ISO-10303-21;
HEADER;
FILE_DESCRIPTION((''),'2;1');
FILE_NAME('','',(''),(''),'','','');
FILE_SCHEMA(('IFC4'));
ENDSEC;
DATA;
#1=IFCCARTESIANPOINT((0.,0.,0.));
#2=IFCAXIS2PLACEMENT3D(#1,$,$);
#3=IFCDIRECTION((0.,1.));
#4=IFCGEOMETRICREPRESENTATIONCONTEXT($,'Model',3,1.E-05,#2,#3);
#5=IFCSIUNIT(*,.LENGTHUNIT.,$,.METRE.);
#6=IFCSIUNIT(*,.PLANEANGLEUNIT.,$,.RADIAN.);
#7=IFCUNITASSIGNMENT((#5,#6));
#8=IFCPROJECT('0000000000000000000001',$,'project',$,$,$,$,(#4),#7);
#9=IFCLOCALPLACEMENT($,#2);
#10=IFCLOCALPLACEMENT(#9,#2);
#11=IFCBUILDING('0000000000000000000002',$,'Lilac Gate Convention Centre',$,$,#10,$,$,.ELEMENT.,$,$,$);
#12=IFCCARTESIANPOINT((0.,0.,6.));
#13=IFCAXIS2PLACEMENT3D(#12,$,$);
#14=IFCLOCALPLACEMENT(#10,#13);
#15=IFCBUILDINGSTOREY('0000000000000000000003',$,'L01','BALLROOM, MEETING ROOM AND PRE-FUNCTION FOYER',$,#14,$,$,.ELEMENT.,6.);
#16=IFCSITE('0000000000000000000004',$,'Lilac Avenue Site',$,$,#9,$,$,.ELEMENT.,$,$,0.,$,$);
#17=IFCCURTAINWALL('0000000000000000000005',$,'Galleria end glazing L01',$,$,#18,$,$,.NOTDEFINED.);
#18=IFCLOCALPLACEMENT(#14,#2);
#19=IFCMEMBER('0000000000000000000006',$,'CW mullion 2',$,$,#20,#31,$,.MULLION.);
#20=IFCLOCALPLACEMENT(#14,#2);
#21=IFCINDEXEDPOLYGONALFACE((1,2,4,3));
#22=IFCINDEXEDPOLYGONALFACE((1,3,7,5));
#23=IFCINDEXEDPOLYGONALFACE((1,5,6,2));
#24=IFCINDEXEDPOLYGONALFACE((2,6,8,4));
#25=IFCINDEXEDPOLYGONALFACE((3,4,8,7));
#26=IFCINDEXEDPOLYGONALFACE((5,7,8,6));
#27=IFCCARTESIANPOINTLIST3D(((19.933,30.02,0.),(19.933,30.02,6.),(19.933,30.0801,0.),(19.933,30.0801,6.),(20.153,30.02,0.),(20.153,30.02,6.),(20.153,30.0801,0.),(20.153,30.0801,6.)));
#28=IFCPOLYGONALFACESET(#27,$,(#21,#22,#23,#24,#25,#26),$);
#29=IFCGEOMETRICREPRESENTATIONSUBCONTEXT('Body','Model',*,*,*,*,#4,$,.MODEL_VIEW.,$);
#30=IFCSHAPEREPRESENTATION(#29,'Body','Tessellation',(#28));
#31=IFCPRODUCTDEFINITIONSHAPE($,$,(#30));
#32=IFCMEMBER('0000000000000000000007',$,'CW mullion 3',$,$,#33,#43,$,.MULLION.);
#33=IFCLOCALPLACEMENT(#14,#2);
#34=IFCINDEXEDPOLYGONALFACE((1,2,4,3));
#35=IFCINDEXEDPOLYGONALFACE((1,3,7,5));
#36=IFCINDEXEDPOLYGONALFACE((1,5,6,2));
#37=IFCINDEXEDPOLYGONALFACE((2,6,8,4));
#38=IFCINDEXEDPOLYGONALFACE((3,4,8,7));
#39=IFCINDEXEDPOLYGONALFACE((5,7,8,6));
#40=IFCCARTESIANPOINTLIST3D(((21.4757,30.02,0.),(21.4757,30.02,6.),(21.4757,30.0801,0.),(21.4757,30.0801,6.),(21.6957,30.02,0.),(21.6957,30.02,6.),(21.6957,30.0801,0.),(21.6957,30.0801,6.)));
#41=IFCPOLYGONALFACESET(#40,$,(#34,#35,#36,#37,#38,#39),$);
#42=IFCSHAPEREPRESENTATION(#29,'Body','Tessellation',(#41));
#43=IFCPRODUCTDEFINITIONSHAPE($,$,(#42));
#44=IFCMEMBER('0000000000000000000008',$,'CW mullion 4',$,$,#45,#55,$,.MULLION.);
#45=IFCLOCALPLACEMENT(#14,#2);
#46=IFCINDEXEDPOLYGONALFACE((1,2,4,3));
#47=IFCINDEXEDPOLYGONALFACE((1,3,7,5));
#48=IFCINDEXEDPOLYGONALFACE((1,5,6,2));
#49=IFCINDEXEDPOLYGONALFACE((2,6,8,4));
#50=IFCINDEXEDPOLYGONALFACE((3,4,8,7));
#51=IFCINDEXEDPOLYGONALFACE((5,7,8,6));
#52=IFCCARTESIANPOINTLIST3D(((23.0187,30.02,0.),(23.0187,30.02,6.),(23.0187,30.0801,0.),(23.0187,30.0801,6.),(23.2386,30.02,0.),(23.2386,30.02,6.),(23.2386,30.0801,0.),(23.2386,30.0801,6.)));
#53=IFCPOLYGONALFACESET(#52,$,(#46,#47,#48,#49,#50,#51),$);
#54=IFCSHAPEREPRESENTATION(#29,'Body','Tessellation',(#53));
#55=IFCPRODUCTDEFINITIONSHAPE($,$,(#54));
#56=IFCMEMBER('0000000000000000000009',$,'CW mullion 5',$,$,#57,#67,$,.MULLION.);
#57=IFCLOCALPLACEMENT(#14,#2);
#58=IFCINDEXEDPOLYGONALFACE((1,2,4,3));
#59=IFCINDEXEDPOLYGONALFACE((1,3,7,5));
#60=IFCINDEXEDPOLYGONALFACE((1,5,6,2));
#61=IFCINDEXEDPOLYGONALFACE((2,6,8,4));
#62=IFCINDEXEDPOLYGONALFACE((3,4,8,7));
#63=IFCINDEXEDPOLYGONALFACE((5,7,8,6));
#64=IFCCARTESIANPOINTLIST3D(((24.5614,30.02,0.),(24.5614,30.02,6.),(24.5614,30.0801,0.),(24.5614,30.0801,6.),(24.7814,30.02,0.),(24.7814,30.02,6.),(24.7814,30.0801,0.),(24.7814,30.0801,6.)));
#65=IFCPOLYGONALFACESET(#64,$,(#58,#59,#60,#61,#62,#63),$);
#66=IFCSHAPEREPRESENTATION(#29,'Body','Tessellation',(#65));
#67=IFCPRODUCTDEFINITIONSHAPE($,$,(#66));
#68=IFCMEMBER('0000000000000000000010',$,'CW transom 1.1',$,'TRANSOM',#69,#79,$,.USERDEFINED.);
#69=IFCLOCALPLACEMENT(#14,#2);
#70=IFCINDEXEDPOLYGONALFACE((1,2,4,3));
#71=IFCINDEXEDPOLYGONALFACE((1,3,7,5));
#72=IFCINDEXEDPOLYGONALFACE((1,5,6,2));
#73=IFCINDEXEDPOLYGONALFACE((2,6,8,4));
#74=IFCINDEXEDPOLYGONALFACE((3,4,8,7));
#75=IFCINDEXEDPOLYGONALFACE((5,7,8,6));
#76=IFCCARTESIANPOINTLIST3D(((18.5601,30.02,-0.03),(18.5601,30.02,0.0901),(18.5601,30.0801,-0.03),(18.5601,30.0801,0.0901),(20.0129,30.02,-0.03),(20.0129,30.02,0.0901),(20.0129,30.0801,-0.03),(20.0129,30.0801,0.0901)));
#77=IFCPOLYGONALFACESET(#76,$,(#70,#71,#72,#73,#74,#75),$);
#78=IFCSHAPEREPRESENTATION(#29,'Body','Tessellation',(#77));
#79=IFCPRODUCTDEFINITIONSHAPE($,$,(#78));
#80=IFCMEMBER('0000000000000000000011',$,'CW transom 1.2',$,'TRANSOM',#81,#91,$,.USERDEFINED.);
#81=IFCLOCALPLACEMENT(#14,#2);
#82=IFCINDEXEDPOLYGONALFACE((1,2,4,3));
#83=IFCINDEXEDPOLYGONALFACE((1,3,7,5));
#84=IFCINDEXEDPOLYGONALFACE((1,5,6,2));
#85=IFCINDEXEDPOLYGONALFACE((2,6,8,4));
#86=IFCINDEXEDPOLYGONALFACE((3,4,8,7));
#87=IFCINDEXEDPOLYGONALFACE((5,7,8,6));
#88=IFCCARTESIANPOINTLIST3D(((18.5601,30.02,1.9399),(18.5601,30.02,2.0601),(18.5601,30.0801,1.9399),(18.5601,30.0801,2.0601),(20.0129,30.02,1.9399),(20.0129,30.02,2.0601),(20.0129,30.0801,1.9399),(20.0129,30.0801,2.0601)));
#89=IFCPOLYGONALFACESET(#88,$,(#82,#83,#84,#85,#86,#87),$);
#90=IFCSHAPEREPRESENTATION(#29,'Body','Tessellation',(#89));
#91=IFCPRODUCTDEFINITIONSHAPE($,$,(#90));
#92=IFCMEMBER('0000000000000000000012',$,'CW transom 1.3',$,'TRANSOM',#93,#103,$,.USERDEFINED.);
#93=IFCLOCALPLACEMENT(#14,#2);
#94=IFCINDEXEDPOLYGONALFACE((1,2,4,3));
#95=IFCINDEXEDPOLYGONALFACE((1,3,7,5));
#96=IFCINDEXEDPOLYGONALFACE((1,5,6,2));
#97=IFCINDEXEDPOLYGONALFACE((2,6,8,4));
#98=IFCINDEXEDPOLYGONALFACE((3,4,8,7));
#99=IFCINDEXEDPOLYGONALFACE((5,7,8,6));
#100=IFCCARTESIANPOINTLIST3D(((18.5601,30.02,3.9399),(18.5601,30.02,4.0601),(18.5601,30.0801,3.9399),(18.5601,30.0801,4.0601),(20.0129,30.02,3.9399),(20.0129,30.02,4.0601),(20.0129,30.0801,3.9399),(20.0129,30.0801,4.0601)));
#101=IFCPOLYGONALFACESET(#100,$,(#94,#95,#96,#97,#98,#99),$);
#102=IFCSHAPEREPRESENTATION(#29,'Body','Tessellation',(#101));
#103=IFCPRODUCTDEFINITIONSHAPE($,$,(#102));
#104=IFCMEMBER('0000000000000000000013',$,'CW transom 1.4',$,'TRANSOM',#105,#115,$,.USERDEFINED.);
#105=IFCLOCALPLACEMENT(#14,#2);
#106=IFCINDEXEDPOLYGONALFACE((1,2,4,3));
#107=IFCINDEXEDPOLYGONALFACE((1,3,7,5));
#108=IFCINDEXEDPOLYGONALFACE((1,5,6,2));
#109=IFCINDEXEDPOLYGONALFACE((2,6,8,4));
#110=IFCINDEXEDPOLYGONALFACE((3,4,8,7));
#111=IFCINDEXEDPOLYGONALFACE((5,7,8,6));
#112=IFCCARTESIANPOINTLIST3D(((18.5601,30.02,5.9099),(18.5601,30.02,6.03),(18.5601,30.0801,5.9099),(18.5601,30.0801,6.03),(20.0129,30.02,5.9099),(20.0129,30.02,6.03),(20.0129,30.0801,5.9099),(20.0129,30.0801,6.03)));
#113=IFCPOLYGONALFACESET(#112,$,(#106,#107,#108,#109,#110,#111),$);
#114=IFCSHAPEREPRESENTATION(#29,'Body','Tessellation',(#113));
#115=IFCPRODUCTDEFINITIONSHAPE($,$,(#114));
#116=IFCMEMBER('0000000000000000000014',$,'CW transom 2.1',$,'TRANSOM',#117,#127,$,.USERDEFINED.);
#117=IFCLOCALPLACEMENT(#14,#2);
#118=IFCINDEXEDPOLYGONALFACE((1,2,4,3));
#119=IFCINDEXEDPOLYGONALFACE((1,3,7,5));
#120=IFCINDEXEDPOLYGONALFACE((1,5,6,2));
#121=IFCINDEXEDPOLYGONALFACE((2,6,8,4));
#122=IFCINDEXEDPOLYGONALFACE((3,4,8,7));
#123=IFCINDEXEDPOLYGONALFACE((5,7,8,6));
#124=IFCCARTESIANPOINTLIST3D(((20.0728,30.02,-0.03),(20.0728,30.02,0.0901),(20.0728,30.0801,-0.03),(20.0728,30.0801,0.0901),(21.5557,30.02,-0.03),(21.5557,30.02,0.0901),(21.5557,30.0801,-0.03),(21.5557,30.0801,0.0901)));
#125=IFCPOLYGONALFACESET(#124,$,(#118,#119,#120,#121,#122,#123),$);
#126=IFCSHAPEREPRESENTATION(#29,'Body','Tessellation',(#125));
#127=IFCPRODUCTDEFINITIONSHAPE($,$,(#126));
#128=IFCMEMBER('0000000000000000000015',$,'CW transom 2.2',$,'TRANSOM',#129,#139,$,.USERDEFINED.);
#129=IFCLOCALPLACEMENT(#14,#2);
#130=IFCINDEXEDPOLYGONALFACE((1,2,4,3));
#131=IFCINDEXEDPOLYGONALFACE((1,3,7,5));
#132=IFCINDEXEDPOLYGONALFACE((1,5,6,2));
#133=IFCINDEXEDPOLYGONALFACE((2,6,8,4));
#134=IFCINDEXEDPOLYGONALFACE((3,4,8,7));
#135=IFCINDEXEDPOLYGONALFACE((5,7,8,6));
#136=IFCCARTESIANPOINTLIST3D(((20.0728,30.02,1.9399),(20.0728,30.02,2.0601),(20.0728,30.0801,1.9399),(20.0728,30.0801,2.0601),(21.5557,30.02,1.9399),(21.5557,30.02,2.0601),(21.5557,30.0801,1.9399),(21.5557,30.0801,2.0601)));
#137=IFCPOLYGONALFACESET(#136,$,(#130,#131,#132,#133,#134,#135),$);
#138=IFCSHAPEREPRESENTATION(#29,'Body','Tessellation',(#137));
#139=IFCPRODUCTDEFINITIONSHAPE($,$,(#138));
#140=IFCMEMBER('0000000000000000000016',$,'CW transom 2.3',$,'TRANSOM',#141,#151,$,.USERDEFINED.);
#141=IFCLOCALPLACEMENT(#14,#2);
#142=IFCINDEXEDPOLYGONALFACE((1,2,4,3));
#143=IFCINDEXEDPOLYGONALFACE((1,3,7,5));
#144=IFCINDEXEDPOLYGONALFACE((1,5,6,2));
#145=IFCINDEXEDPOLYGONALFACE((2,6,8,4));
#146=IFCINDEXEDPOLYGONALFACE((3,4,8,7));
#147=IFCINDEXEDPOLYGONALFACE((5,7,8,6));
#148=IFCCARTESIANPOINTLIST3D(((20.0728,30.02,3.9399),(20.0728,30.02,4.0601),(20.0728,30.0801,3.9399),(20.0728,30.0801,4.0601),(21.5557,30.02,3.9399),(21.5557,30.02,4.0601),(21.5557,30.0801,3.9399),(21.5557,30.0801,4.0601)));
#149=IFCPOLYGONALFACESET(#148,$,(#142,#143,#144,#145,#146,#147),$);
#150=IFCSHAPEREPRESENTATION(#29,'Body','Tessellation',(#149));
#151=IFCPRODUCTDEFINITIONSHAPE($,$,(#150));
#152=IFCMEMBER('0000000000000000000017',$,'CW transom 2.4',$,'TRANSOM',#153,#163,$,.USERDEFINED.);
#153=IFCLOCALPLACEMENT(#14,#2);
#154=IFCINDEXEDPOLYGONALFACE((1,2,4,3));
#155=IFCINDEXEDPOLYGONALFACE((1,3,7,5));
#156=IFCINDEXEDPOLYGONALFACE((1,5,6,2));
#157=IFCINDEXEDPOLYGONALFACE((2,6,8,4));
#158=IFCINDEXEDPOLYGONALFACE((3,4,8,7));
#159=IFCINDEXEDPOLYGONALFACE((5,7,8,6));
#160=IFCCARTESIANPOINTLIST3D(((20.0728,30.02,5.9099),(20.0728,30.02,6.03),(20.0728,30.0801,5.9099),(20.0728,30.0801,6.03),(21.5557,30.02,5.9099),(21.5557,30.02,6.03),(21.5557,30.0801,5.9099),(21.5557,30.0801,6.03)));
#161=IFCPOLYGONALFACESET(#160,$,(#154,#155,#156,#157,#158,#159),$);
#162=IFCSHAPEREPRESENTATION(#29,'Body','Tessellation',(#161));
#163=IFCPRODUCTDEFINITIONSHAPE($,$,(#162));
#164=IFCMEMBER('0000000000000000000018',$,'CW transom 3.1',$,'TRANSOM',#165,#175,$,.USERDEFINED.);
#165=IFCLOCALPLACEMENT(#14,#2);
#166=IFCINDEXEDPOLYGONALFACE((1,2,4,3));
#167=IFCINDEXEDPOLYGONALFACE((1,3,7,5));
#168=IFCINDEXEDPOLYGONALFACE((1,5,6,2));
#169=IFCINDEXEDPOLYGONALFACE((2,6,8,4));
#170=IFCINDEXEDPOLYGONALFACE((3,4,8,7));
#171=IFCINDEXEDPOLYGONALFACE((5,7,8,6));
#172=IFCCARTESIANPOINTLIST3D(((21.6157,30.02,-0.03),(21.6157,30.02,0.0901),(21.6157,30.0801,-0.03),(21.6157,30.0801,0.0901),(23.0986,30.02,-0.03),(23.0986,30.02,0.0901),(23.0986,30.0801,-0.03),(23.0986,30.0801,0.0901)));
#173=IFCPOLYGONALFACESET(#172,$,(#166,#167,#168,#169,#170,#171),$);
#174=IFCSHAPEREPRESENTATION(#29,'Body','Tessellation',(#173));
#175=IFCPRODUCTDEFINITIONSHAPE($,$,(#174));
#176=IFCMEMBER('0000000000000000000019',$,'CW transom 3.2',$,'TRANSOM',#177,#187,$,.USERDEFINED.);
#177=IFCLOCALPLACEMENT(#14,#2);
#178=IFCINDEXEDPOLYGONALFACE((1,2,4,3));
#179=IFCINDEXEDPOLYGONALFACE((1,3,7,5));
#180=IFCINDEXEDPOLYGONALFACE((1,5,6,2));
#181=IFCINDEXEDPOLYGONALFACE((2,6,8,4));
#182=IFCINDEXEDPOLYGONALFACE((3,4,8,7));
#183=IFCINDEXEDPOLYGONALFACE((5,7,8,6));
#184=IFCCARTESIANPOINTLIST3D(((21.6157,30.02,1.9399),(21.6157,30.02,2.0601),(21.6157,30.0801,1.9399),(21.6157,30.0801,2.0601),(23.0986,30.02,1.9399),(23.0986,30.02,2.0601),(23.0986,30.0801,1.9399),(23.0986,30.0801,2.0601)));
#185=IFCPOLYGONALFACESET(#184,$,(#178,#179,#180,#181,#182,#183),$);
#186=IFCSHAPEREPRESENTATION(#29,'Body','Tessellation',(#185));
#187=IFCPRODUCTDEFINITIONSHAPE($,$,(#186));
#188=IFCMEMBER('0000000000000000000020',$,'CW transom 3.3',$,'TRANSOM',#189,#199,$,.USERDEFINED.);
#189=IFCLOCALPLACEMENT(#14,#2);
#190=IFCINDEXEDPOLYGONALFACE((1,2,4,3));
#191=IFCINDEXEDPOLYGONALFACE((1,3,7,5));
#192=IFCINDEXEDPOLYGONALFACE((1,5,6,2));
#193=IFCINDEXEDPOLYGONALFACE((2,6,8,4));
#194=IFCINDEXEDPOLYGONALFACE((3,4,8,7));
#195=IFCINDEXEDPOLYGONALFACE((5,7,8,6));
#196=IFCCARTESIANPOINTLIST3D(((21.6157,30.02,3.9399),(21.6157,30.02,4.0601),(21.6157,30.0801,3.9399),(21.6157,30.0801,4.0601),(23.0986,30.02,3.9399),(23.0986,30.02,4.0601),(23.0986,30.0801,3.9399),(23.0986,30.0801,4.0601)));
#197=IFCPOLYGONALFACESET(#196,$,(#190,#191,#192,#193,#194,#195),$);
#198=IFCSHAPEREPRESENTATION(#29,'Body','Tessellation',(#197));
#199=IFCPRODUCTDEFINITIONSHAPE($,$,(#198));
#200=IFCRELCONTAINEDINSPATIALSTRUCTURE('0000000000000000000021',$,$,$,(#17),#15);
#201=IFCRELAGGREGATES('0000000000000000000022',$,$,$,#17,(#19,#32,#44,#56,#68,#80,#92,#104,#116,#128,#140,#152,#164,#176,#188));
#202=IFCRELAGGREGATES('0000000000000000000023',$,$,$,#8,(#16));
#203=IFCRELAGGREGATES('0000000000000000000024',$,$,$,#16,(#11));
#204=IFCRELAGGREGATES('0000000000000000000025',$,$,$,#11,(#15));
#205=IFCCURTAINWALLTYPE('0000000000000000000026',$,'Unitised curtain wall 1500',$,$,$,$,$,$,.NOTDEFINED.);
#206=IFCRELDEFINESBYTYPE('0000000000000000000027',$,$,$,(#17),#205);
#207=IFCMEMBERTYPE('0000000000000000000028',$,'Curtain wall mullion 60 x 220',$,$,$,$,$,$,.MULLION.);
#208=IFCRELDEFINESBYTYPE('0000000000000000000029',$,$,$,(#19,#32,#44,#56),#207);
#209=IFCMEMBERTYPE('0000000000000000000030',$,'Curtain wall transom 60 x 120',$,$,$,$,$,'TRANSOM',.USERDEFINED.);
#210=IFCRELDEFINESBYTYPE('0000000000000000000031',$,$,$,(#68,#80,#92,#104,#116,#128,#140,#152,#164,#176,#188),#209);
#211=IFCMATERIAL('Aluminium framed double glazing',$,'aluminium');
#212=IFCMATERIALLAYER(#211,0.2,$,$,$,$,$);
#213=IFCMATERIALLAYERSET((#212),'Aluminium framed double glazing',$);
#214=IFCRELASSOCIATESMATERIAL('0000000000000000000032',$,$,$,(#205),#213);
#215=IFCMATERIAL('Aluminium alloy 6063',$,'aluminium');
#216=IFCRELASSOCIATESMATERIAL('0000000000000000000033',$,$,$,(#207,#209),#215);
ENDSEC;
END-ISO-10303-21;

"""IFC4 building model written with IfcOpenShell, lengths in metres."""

from ifc_helpers import new_model, si_unit, direction, frame, origin, origin_2d, place, context, subcontext, project, spatial, rectangle, extrude, material, layer, layer_set, material_profile, profile_set, type_object, element, aggregate, save


model = new_model("IFC4")

# Units and contexts
model_context = context("Model", 3, precision=1e-05, world=origin(), true_north=direction((0.0, 1.0)))
body_context = subcontext(model_context, "Body", "Model", "MODEL_VIEW")
ifc_project = project(units=[si_unit("LENGTHUNIT", "METRE"), si_unit("PLANEANGLEUNIT", "RADIAN")], contexts=[model_context])

# Site, building, storey
site_placement = place(None, origin())
site = spatial("IfcSite", under=ifc_project, at=site_placement, Name="Lilac Avenue Site", CompositionType="ELEMENT", RefElevation=0.0)
building_placement = place(site_placement, origin())
building = spatial("IfcBuilding", under=site, at=building_placement, Name="Lilac Gate Convention Centre", CompositionType="ELEMENT")
storey_placement = place(building_placement, frame((0.0, 0.0, 6.0)))
storey = spatial("IfcBuildingStorey", under=building, at=storey_placement, Name="L01", Description="BALLROOM, MEETING ROOM AND PRE-FUNCTION FOYER", CompositionType="ELEMENT", Elevation=6.0)

# Curtain wall, members
ifc_material_1 = material(Name="Aluminium framed double glazing", Category="aluminium")
ifc_layer_1 = layer(ifc_material_1, 0.2)
ifc_layer_set_1 = layer_set([ifc_layer_1], Name="Aluminium framed double glazing")
curtain_wall_type = type_object("IfcCurtainWallType", Name="Unitised curtain wall 1500", PredefinedType="NOTDEFINED", material=ifc_layer_set_1)
curtain_wall_placement = place(storey_placement, origin())
curtain_wall = element("IfcCurtainWall", 1, at=curtain_wall_placement, inside=storey, type_object=curtain_wall_type, Name="Galleria end glazing L01", PredefinedType="NOTDEFINED")
ifc_material_2 = material(Name="Aluminium alloy 6063", Category="aluminium")
ifc_material_profile_1 = material_profile(ifc_material_2, rectangle(XDim=0.0601, YDim=0.22, at=origin_2d()), Name="Curtain wall mullion 60 x 220")
ifc_profile_set_1 = profile_set([ifc_material_profile_1], Name="Aluminium alloy 6063")
member_type_1 = type_object("IfcMemberType", Name="Curtain wall mullion 60 x 220", PredefinedType="MULLION", material=ifc_profile_set_1)
member_1_placement = place(storey_placement, frame((20.043, 30.05, 0.0), z_axis=(0.0, 0.0, 1.0), x_axis=(0.0, 1.0, 0.0)))
member_1 = element("IfcMember", 2, at=member_1_placement, type_object=member_type_1, Name="CW mullion 2", PredefinedType="MULLION", context=body_context, shape_type="SweptSolid", body=[
    extrude(rectangle(XDim=0.0601, YDim=0.22, at=origin_2d()), origin(), (0.0, 0.0, 1.0), 6.0),
])
member_2_placement = place(storey_placement, frame((21.5857, 30.05, 0.0), z_axis=(0.0, 0.0, 1.0), x_axis=(0.0, 1.0, 0.0)))
member_2 = element("IfcMember", 3, at=member_2_placement, type_object=member_type_1, Name="CW mullion 3", PredefinedType="MULLION", context=body_context, shape_type="SweptSolid", body=[
    extrude(rectangle(XDim=0.0601, YDim=0.22, at=origin_2d()), origin(), (0.0, 0.0, 1.0), 6.0),
])
member_3_placement = place(storey_placement, frame((23.1287, 30.05, 0.0), z_axis=(0.0, 0.0, 1.0), x_axis=(0.0, 1.0, 0.0)))
member_3 = element("IfcMember", 4, at=member_3_placement, type_object=member_type_1, Name="CW mullion 4", PredefinedType="MULLION", context=body_context, shape_type="SweptSolid", body=[
    extrude(rectangle(XDim=0.0601, YDim=0.22, at=origin_2d()), origin(), (0.0, 0.0, 1.0), 6.0),
])
member_4_placement = place(storey_placement, frame((24.6714, 30.05, 0.0), z_axis=(0.0, 0.0, 1.0), x_axis=(0.0, 1.0, 0.0)))
member_4 = element("IfcMember", 5, at=member_4_placement, type_object=member_type_1, Name="CW mullion 5", PredefinedType="MULLION", context=body_context, shape_type="SweptSolid", body=[
    extrude(rectangle(XDim=0.0601, YDim=0.22, at=origin_2d()), origin(), (0.0, 0.0, 1.0), 6.0),
])
ifc_material_profile_2 = material_profile(ifc_material_2, rectangle(XDim=0.0601, YDim=0.1201, at=origin_2d()), Name="Curtain wall transom 60 x 120")
ifc_profile_set_2 = profile_set([ifc_material_profile_2], Name="Aluminium alloy 6063")
member_type_2 = type_object("IfcMemberType", Name="Curtain wall transom 60 x 120", ElementType="TRANSOM", PredefinedType="USERDEFINED", material=ifc_profile_set_2)
member_5_placement = place(storey_placement, frame((18.5601, 30.05, 0.03), z_axis=(1.0, 0.0, 0.0), x_axis=(0.0, 1.0, 0.0)))
member_5 = element("IfcMember", 6, at=member_5_placement, type_object=member_type_2, Name="CW transom 1.1", ObjectType="TRANSOM", PredefinedType="USERDEFINED", context=body_context, shape_type="SweptSolid", body=[
    extrude(rectangle(XDim=0.0601, YDim=0.1201, at=origin_2d()), origin(), (0.0, 0.0, 1.0), 1.4529),
])
member_6_placement = place(storey_placement, frame((18.5601, 30.05, 2.0), z_axis=(1.0, 0.0, 0.0), x_axis=(0.0, 1.0, 0.0)))
member_6 = element("IfcMember", 7, at=member_6_placement, type_object=member_type_2, Name="CW transom 1.2", ObjectType="TRANSOM", PredefinedType="USERDEFINED", context=body_context, shape_type="SweptSolid", body=[
    extrude(rectangle(XDim=0.0601, YDim=0.1201, at=origin_2d()), origin(), (0.0, 0.0, 1.0), 1.4529),
])
member_7_placement = place(storey_placement, frame((18.5601, 30.05, 4.0), z_axis=(1.0, 0.0, 0.0), x_axis=(0.0, 1.0, 0.0)))
member_7 = element("IfcMember", 8, at=member_7_placement, type_object=member_type_2, Name="CW transom 1.3", ObjectType="TRANSOM", PredefinedType="USERDEFINED", context=body_context, shape_type="SweptSolid", body=[
    extrude(rectangle(XDim=0.0601, YDim=0.1201, at=origin_2d()), origin(), (0.0, 0.0, 1.0), 1.4529),
])
member_8_placement = place(storey_placement, frame((18.5601, 30.05, 5.97), z_axis=(1.0, 0.0, 0.0), x_axis=(0.0, 1.0, 0.0)))
member_8 = element("IfcMember", 9, at=member_8_placement, type_object=member_type_2, Name="CW transom 1.4", ObjectType="TRANSOM", PredefinedType="USERDEFINED", context=body_context, shape_type="SweptSolid", body=[
    extrude(rectangle(XDim=0.0601, YDim=0.1201, at=origin_2d()), origin(), (0.0, 0.0, 1.0), 1.4529),
])
member_9_placement = place(storey_placement, frame((20.0728, 30.05, 0.03), z_axis=(1.0, 0.0, 0.0), x_axis=(0.0, 1.0, 0.0)))
member_9 = element("IfcMember", 10, at=member_9_placement, type_object=member_type_2, Name="CW transom 2.1", ObjectType="TRANSOM", PredefinedType="USERDEFINED", context=body_context, shape_type="SweptSolid", body=[
    extrude(rectangle(XDim=0.0601, YDim=0.1201, at=origin_2d()), origin(), (0.0, 0.0, 1.0), 1.4829),
])
member_10_placement = place(storey_placement, frame((20.0728, 30.05, 2.0), z_axis=(1.0, 0.0, 0.0), x_axis=(0.0, 1.0, 0.0)))
member_10 = element("IfcMember", 11, at=member_10_placement, type_object=member_type_2, Name="CW transom 2.2", ObjectType="TRANSOM", PredefinedType="USERDEFINED", context=body_context, shape_type="SweptSolid", body=[
    extrude(rectangle(XDim=0.0601, YDim=0.1201, at=origin_2d()), origin(), (0.0, 0.0, 1.0), 1.4829),
])
member_11_placement = place(storey_placement, frame((20.0728, 30.05, 4.0), z_axis=(1.0, 0.0, 0.0), x_axis=(0.0, 1.0, 0.0)))
member_11 = element("IfcMember", 12, at=member_11_placement, type_object=member_type_2, Name="CW transom 2.3", ObjectType="TRANSOM", PredefinedType="USERDEFINED", context=body_context, shape_type="SweptSolid", body=[
    extrude(rectangle(XDim=0.0601, YDim=0.1201, at=origin_2d()), origin(), (0.0, 0.0, 1.0), 1.4829),
])
member_12_placement = place(storey_placement, frame((20.0728, 30.05, 5.97), z_axis=(1.0, 0.0, 0.0), x_axis=(0.0, 1.0, 0.0)))
member_12 = element("IfcMember", 13, at=member_12_placement, type_object=member_type_2, Name="CW transom 2.4", ObjectType="TRANSOM", PredefinedType="USERDEFINED", context=body_context, shape_type="SweptSolid", body=[
    extrude(rectangle(XDim=0.0601, YDim=0.1201, at=origin_2d()), origin(), (0.0, 0.0, 1.0), 1.4829),
])
member_13_placement = place(storey_placement, frame((21.6157, 30.05, 0.03), z_axis=(1.0, 0.0, 0.0), x_axis=(0.0, 1.0, 0.0)))
member_13 = element("IfcMember", 14, at=member_13_placement, type_object=member_type_2, Name="CW transom 3.1", ObjectType="TRANSOM", PredefinedType="USERDEFINED", context=body_context, shape_type="SweptSolid", body=[
    extrude(rectangle(XDim=0.0601, YDim=0.1201, at=origin_2d()), origin(), (0.0, 0.0, 1.0), 1.4829),
])
member_14_placement = place(storey_placement, frame((21.6157, 30.05, 2.0), z_axis=(1.0, 0.0, 0.0), x_axis=(0.0, 1.0, 0.0)))
member_14 = element("IfcMember", 15, at=member_14_placement, type_object=member_type_2, Name="CW transom 3.2", ObjectType="TRANSOM", PredefinedType="USERDEFINED", context=body_context, shape_type="SweptSolid", body=[
    extrude(rectangle(XDim=0.0601, YDim=0.1201, at=origin_2d()), origin(), (0.0, 0.0, 1.0), 1.4829),
])
member_15_placement = place(storey_placement, frame((21.6157, 30.05, 4.0), z_axis=(1.0, 0.0, 0.0), x_axis=(0.0, 1.0, 0.0)))
member_15 = element("IfcMember", 16, at=member_15_placement, type_object=member_type_2, Name="CW transom 3.3", ObjectType="TRANSOM", PredefinedType="USERDEFINED", context=body_context, shape_type="SweptSolid", body=[
    extrude(rectangle(XDim=0.0601, YDim=0.1201, at=origin_2d()), origin(), (0.0, 0.0, 1.0), 1.4829),
])
aggregate(curtain_wall, [member_1, member_2, member_3, member_4, member_5, member_6, member_7, member_8, member_9, member_10, member_11, member_12, member_13, member_14, member_15])

save(model, "model.ifc")
